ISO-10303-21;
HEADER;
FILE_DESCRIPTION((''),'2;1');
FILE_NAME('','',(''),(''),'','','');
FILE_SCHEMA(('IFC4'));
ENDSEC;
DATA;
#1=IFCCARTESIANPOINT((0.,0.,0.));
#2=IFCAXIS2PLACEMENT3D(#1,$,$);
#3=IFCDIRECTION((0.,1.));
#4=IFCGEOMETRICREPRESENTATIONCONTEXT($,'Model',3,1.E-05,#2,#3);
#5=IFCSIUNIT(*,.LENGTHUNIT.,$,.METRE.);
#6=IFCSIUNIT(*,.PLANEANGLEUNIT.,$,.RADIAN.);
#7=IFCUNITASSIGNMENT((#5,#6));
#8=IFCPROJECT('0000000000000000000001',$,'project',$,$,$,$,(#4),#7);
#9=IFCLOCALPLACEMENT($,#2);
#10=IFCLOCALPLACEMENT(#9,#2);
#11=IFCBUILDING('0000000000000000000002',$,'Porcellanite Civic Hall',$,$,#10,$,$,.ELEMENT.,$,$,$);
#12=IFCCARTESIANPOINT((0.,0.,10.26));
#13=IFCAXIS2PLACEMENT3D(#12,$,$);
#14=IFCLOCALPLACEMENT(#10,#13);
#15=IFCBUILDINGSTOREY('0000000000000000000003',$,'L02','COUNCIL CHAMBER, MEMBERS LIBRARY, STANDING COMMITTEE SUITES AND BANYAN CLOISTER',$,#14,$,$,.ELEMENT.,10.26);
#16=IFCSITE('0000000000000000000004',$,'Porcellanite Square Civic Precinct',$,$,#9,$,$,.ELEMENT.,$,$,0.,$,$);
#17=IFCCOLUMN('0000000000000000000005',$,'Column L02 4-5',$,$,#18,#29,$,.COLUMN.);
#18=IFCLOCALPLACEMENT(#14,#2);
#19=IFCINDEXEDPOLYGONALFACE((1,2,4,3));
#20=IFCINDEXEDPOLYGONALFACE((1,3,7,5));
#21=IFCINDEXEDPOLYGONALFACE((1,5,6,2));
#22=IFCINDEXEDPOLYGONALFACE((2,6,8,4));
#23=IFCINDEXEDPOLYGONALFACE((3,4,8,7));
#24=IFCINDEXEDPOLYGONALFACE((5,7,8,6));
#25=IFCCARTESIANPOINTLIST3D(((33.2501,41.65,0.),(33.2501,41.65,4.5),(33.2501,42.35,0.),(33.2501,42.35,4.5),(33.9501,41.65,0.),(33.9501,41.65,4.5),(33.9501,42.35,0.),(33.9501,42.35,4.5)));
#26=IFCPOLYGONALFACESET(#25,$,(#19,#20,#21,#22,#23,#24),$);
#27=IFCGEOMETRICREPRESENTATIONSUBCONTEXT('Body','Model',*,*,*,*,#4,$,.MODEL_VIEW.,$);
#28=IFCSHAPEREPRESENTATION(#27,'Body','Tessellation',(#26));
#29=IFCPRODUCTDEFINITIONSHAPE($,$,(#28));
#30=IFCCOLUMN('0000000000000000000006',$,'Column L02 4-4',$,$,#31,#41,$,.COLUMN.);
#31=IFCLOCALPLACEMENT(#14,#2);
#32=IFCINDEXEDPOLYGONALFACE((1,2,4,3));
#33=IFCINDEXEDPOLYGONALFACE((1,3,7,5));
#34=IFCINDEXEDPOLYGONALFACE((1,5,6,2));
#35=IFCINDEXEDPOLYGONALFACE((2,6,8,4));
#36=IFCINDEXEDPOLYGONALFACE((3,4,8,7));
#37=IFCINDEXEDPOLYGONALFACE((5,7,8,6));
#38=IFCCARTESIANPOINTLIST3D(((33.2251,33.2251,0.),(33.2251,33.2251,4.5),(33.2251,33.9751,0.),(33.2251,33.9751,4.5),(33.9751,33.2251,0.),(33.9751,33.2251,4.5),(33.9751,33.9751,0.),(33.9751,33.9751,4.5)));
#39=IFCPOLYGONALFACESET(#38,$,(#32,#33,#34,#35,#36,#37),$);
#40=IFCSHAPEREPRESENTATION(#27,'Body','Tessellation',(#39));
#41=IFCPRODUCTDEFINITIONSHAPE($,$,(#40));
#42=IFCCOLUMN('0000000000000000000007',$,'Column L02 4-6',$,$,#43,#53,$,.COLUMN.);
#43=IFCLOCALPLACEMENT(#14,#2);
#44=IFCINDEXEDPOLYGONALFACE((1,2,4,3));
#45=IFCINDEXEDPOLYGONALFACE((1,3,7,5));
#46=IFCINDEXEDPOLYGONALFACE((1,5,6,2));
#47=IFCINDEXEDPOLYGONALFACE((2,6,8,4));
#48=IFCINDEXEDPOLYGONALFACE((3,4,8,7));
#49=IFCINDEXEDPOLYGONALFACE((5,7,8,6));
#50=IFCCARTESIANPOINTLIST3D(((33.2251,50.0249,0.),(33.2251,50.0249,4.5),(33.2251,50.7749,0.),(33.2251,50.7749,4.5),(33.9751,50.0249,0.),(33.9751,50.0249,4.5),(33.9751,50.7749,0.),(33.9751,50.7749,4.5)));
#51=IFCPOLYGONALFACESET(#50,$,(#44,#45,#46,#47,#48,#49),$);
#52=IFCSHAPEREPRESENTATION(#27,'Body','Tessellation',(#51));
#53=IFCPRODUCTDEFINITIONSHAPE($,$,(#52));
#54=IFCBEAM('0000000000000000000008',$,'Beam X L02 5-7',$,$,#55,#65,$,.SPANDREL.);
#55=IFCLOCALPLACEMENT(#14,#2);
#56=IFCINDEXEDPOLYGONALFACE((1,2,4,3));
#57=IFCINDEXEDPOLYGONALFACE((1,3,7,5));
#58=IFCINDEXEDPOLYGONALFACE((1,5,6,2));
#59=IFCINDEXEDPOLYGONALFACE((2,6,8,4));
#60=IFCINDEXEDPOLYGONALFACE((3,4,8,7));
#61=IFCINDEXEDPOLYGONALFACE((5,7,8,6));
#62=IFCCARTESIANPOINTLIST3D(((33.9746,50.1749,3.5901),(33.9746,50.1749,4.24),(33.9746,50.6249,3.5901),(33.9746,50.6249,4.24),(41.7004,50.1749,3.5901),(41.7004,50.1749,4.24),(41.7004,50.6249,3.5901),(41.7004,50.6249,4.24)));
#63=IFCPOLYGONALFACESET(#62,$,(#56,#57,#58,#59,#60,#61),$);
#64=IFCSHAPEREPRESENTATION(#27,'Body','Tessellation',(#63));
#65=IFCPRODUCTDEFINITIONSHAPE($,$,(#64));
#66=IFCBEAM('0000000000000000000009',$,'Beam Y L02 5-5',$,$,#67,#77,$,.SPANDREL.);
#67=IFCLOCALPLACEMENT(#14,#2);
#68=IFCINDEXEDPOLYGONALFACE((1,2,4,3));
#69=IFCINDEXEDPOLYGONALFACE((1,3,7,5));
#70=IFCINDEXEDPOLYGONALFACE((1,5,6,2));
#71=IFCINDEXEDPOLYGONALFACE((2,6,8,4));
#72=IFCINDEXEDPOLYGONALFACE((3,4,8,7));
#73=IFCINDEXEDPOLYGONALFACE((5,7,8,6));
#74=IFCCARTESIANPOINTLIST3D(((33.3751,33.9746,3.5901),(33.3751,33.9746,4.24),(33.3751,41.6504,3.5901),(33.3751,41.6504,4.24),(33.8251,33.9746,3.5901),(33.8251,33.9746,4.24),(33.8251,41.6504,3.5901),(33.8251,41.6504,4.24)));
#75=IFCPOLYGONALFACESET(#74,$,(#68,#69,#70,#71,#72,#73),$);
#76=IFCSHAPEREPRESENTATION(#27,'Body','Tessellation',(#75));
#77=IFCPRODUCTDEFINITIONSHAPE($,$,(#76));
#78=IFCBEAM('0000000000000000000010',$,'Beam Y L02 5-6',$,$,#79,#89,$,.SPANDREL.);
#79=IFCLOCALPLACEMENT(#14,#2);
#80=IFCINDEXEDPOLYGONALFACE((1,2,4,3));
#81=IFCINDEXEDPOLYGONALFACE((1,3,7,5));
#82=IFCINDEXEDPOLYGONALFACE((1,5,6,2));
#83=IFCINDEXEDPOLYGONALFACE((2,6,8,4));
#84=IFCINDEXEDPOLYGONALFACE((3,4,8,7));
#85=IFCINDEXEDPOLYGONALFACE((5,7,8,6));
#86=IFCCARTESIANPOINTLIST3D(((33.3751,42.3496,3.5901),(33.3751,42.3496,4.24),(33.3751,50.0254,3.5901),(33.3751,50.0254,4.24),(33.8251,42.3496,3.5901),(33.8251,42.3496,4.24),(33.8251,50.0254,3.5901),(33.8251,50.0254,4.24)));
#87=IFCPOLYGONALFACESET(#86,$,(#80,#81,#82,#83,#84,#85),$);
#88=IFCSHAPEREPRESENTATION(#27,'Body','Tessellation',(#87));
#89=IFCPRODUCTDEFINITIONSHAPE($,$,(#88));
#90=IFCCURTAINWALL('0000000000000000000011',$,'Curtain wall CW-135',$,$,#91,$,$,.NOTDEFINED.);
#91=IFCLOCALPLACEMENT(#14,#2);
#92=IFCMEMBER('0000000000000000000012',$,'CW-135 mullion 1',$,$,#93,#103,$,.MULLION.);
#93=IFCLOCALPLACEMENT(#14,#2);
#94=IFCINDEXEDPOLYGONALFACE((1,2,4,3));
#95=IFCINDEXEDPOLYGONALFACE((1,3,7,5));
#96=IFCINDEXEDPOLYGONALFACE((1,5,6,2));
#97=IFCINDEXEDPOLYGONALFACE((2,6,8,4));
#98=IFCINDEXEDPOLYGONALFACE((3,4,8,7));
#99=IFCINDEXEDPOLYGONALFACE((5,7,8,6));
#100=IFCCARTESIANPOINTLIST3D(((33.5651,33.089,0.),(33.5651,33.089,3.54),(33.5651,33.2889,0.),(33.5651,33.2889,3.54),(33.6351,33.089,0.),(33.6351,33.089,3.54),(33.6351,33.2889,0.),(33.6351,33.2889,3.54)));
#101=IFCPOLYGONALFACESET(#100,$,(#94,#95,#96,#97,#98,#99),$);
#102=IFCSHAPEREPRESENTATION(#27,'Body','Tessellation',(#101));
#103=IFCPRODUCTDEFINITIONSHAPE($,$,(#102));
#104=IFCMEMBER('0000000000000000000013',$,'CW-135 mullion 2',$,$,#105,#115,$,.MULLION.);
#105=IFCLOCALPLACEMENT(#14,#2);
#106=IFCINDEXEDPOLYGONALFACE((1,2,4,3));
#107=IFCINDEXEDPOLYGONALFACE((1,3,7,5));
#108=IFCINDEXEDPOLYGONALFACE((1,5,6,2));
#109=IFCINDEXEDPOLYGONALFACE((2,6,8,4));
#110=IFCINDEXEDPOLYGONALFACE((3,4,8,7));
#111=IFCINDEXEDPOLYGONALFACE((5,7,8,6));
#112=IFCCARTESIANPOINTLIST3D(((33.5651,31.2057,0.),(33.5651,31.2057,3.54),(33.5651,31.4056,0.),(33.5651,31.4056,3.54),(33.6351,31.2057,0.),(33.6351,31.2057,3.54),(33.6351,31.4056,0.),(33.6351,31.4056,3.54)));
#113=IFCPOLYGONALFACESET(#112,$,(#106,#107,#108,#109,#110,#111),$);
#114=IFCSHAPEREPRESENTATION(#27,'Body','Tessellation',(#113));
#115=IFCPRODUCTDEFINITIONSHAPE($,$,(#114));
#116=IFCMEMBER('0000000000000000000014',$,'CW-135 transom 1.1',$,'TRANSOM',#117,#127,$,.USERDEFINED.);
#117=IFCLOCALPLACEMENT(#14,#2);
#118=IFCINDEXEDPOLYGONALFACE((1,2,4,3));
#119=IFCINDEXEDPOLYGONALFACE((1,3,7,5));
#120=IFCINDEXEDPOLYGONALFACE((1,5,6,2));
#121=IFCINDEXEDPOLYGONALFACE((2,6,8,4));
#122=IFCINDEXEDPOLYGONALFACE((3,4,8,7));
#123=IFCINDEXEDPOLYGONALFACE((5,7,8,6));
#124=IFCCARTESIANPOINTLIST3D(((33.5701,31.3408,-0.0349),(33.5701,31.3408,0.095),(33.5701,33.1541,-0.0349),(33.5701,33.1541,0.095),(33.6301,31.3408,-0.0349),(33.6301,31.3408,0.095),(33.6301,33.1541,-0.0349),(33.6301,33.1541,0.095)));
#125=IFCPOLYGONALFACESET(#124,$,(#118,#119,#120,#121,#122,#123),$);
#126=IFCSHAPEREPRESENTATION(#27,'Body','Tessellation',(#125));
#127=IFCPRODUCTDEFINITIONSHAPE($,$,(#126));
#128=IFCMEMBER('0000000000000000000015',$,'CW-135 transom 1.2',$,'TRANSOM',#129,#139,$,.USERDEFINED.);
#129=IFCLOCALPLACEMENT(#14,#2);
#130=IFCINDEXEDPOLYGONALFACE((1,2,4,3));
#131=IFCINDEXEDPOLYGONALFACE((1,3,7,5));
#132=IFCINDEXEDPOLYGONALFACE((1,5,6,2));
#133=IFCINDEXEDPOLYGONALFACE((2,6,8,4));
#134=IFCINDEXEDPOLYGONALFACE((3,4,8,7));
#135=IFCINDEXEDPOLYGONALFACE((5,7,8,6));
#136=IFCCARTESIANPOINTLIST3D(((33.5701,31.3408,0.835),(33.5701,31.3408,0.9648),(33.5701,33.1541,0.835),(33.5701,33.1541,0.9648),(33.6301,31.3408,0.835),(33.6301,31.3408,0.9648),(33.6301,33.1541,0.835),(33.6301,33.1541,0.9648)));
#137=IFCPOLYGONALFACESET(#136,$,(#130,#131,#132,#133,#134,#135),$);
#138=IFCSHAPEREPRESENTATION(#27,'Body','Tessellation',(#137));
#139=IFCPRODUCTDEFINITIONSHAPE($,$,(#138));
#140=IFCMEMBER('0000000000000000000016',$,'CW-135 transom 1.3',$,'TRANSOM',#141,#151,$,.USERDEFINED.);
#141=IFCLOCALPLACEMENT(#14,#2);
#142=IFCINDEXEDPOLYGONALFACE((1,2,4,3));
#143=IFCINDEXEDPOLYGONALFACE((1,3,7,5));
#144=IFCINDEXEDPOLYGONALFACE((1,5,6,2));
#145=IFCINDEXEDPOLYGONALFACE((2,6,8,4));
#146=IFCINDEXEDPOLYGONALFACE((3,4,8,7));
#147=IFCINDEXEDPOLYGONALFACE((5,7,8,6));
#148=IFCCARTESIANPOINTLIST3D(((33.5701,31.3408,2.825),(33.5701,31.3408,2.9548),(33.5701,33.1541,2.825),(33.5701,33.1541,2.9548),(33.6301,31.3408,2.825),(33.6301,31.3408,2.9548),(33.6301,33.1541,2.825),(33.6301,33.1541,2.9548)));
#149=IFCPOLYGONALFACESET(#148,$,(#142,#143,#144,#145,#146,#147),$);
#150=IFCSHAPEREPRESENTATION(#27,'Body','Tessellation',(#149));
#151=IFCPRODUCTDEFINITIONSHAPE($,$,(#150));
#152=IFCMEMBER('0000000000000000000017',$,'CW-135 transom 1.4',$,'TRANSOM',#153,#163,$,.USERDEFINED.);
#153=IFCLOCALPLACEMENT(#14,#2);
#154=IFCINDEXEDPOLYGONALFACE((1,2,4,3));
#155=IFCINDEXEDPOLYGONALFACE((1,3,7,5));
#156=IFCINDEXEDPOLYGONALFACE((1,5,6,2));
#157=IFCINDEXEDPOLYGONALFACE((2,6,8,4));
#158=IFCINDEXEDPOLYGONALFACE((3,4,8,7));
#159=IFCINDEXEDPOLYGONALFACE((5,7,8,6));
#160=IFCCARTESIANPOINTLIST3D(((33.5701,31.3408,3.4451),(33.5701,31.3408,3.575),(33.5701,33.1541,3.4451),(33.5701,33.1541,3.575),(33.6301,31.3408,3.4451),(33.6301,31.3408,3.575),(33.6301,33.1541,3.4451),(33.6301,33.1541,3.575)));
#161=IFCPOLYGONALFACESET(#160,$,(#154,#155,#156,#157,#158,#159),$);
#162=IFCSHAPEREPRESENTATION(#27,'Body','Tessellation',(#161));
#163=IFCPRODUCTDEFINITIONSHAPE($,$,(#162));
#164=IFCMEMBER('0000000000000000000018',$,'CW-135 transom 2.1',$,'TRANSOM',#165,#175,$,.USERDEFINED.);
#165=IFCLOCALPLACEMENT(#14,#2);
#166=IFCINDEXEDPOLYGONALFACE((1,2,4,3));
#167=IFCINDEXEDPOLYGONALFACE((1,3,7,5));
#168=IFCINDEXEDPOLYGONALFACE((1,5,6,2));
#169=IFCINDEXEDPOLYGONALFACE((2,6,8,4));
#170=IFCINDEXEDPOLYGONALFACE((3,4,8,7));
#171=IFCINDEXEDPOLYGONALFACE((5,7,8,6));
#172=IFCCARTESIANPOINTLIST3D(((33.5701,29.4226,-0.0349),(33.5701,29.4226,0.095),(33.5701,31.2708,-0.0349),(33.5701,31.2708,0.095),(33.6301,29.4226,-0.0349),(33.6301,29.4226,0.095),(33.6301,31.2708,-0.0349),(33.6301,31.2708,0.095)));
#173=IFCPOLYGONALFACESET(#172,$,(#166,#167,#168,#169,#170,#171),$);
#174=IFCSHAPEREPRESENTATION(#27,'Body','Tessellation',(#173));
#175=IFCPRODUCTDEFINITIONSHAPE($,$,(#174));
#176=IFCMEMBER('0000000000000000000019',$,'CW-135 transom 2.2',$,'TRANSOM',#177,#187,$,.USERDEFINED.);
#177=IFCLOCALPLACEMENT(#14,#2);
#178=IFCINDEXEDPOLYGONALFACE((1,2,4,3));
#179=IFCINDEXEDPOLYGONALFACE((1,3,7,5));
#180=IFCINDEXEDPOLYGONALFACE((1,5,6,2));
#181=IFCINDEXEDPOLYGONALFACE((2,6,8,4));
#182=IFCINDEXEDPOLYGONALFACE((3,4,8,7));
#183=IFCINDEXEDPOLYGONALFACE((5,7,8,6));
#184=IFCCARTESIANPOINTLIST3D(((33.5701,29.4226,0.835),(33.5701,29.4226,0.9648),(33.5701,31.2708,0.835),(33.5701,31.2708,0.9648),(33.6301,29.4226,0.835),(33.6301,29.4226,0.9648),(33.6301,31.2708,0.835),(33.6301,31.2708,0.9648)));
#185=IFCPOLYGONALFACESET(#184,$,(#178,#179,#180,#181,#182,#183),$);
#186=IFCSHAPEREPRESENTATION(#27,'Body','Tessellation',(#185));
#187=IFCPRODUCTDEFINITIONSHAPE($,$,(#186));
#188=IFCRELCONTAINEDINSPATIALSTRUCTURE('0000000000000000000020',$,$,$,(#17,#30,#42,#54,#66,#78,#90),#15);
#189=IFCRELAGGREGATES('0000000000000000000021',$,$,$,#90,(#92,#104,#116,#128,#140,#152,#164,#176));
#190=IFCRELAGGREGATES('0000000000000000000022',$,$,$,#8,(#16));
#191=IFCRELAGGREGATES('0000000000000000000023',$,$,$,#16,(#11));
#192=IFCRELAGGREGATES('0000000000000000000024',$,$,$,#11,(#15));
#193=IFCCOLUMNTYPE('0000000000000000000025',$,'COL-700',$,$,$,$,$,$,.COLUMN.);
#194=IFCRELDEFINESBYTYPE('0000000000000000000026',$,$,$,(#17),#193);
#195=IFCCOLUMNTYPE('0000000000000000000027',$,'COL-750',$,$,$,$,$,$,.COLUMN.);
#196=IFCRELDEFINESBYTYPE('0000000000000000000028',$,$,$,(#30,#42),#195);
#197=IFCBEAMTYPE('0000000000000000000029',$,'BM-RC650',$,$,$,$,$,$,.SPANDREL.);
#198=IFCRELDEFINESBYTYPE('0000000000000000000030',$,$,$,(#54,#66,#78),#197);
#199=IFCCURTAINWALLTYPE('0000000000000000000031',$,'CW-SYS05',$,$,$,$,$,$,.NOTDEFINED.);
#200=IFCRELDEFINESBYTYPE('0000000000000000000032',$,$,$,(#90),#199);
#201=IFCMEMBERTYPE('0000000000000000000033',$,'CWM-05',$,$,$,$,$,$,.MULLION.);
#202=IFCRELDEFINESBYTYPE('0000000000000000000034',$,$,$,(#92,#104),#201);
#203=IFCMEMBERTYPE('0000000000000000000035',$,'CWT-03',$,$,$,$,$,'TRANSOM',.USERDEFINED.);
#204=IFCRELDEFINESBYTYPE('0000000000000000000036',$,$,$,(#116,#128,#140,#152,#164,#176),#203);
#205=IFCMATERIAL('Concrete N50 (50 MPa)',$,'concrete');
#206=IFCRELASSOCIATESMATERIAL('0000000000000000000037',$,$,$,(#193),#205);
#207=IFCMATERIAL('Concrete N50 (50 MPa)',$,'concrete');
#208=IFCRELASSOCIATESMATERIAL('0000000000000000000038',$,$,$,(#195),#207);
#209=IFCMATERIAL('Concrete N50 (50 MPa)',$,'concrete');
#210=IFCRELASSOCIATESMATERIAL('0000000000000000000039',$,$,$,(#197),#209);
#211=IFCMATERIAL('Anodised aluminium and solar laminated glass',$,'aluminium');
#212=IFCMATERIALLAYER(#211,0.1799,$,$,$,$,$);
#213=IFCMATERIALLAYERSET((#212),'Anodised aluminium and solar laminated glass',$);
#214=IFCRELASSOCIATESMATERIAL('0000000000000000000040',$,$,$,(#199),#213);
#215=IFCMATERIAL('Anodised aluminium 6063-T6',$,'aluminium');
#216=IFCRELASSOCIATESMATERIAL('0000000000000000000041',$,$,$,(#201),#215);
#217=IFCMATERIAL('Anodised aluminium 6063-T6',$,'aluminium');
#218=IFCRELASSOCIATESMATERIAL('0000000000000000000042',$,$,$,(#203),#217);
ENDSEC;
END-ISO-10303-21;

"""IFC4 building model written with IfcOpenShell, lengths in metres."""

from ifc_helpers import new_model, si_unit, direction, frame, origin, origin_2d, place, context, subcontext, project, spatial, rectangle, extrude, material, layer, layer_set, material_profile, profile_set, type_object, element, aggregate, save


model = new_model("IFC4")

# Units and contexts
model_context = context("Model", 3, precision=1e-05, world=origin(), true_north=direction((0.0, 1.0)))
body_context = subcontext(model_context, "Body", "Model", "MODEL_VIEW")
ifc_project = project(units=[si_unit("LENGTHUNIT", "METRE"), si_unit("PLANEANGLEUNIT", "RADIAN")], contexts=[model_context])

# Site, building, storey
site_placement = place(None, origin())
site = spatial("IfcSite", under=ifc_project, at=site_placement, Name="Porcellanite Square Civic Precinct", CompositionType="ELEMENT", RefElevation=0.0)
building_placement = place(site_placement, origin())
building = spatial("IfcBuilding", under=site, at=building_placement, Name="Porcellanite Civic Hall", CompositionType="ELEMENT")
storey_placement = place(building_placement, frame((0.0, 0.0, 10.26)))
storey = spatial("IfcBuildingStorey", under=building, at=storey_placement, Name="L02", Description="COUNCIL CHAMBER, MEMBERS LIBRARY, STANDING COMMITTEE SUITES AND BANYAN CLOISTER", CompositionType="ELEMENT", Elevation=10.26)

# Columns
ifc_material_1 = material(Name="Concrete N50 (50 MPa)", Category="concrete")
ifc_material_profile_1 = material_profile(ifc_material_1, rectangle(XDim=0.7, YDim=0.7, at=origin_2d()), Name="RC-700x700")
ifc_profile_set_1 = profile_set([ifc_material_profile_1], Name="Concrete N50 (50 MPa)")
column_type_1 = type_object("IfcColumnType", Name="COL-700", PredefinedType="COLUMN", material=ifc_profile_set_1)
column_placement = place(storey_placement, frame((33.6001, 42.0, 0.0), z_axis=(0.0, 0.0, 1.0), x_axis=(1.0, 0.0, 0.0)))
element("IfcColumn", 1, at=column_placement, inside=storey, type_object=column_type_1, Name="Column L02 4-5", PredefinedType="COLUMN", context=body_context, shape_type="SweptSolid", body=[
    extrude(rectangle(XDim=0.7, YDim=0.7, at=origin_2d()), origin(), (0.0, 0.0, 1.0), 4.5),
])
ifc_material_2 = material(Name="Concrete N50 (50 MPa)", Category="concrete")
ifc_material_profile_2 = material_profile(ifc_material_2, rectangle(XDim=0.75, YDim=0.75, at=origin_2d()), Name="RC-750x750")
ifc_profile_set_2 = profile_set([ifc_material_profile_2], Name="Concrete N50 (50 MPa)")
column_type_2 = type_object("IfcColumnType", Name="COL-750", PredefinedType="COLUMN", material=ifc_profile_set_2)
for number, where, z_axis, x_axis, name in (
    (2, (33.6001, 33.6001, 0.0), (0.0, 0.0, 1.0), (1.0, 0.0, 0.0), "Column L02 4-4"),
    (3, (33.6001, 50.3999, 0.0), (0.0, 0.0, 1.0), (1.0, 0.0, 0.0), "Column L02 4-6"),
):
    element("IfcColumn", number, at=place(storey_placement, frame(where, z_axis=z_axis, x_axis=x_axis)), inside=storey, type_object=column_type_2, Name=name, PredefinedType="COLUMN", context=body_context, shape_type="SweptSolid", body=[
        extrude(rectangle(XDim=0.75, YDim=0.75, at=origin_2d()), origin(), (0.0, 0.0, 1.0), 4.5),
    ])

# Beams
ifc_material_3 = material(Name="Concrete N50 (50 MPa)", Category="concrete")
ifc_material_profile_3 = material_profile(ifc_material_3, rectangle(XDim=0.45, YDim=0.6499, at=origin_2d()), Name="RC-450x650")
ifc_profile_set_3 = profile_set([ifc_material_profile_3], Name="Concrete N50 (50 MPa)")
beam_type = type_object("IfcBeamType", Name="BM-RC650", PredefinedType="SPANDREL", material=ifc_profile_set_3)
beam_placement = place(storey_placement, frame((33.9746, 50.3999, 3.915), z_axis=(1.0, 0.0, 0.0), x_axis=(0.0, 1.0, 0.0)))
element("IfcBeam", 4, at=beam_placement, inside=storey, type_object=beam_type, Name="Beam X L02 5-7", PredefinedType="SPANDREL", context=body_context, shape_type="SweptSolid", body=[
    extrude(rectangle(XDim=0.45, YDim=0.6499, at=origin_2d()), origin(), (0.0, 0.0, 1.0), 7.7258),
])
for number, where, z_axis, x_axis, name in (
    (5, (33.6001, 33.9746, 3.915), (0.0, 1.0, 0.0), (-1.0, 0.0, 0.0), "Beam Y L02 5-5"),
    (6, (33.6001, 42.3496, 3.915), (0.0, 1.0, 0.0), (-1.0, 0.0, 0.0), "Beam Y L02 5-6"),
):
    element("IfcBeam", number, at=place(storey_placement, frame(where, z_axis=z_axis, x_axis=x_axis)), inside=storey, type_object=beam_type, Name=name, PredefinedType="SPANDREL", context=body_context, shape_type="SweptSolid", body=[
        extrude(rectangle(XDim=0.45, YDim=0.6499, at=origin_2d()), origin(), (0.0, 0.0, 1.0), 7.6758),
    ])

# Curtain wall, members
ifc_material_4 = material(Name="Anodised aluminium and solar laminated glass", Category="aluminium")
ifc_layer_1 = layer(ifc_material_4, 0.1799)
ifc_layer_set_1 = layer_set([ifc_layer_1], Name="Anodised aluminium and solar laminated glass")
curtain_wall_type = type_object("IfcCurtainWallType", Name="CW-SYS05", PredefinedType="NOTDEFINED", material=ifc_layer_set_1)
curtain_wall_placement = place(storey_placement, origin())
curtain_wall = element("IfcCurtainWall", 7, at=curtain_wall_placement, inside=storey, type_object=curtain_wall_type, Name="Curtain wall CW-135", PredefinedType="NOTDEFINED")
ifc_material_5 = material(Name="Anodised aluminium 6063-T6", Category="aluminium")
ifc_material_profile_4 = material_profile(ifc_material_5, rectangle(XDim=0.0701, YDim=0.2, at=origin_2d()), Name="AL-70x200")
ifc_profile_set_4 = profile_set([ifc_material_profile_4], Name="Anodised aluminium 6063-T6")
member_type_1 = type_object("IfcMemberType", Name="CWM-05", PredefinedType="MULLION", material=ifc_profile_set_4)
member_1_placement = place(storey_placement, frame((33.6001, 33.189, 0.0), z_axis=(0.0, 0.0, 1.0), x_axis=(1.0, 0.0, 0.0)))
member_1 = element("IfcMember", 8, at=member_1_placement, type_object=member_type_1, Name="CW-135 mullion 1", PredefinedType="MULLION", context=body_context, shape_type="SweptSolid", body=[
    extrude(rectangle(XDim=0.0701, YDim=0.2, at=origin_2d()), origin(), (0.0, 0.0, 1.0), 3.54),
])
member_2_placement = place(storey_placement, frame((33.6001, 31.3057, 0.0), z_axis=(0.0, 0.0, 1.0), x_axis=(1.0, 0.0, 0.0)))
member_2 = element("IfcMember", 9, at=member_2_placement, type_object=member_type_1, Name="CW-135 mullion 2", PredefinedType="MULLION", context=body_context, shape_type="SweptSolid", body=[
    extrude(rectangle(XDim=0.0701, YDim=0.2, at=origin_2d()), origin(), (0.0, 0.0, 1.0), 3.54),
])
ifc_material_6 = material(Name="Anodised aluminium 6063-T6", Category="aluminium")
ifc_material_profile_5 = material_profile(ifc_material_6, rectangle(XDim=0.0601, YDim=0.1299, at=origin_2d()), Name="AL-60x130")
ifc_profile_set_5 = profile_set([ifc_material_profile_5], Name="Anodised aluminium 6063-T6")
member_type_2 = type_object("IfcMemberType", Name="CWT-03", ElementType="TRANSOM", PredefinedType="USERDEFINED", material=ifc_profile_set_5)
member_3_placement = place(storey_placement, frame((33.6001, 33.1541, 0.03), z_axis=(0.0, -1.0, 0.0), x_axis=(1.0, 0.0, 0.0)))
member_3 = element("IfcMember", 10, at=member_3_placement, type_object=member_type_2, Name="CW-135 transom 1.1", ObjectType="TRANSOM", PredefinedType="USERDEFINED", context=body_context, shape_type="SweptSolid", body=[
    extrude(rectangle(XDim=0.0601, YDim=0.1299, at=origin_2d()), origin(), (0.0, 0.0, 1.0), 1.8132),
])
member_4_placement = place(storey_placement, frame((33.6001, 33.1541, 0.8999), z_axis=(0.0, -1.0, 0.0), x_axis=(1.0, 0.0, 0.0)))
member_4 = element("IfcMember", 11, at=member_4_placement, type_object=member_type_2, Name="CW-135 transom 1.2", ObjectType="TRANSOM", PredefinedType="USERDEFINED", context=body_context, shape_type="SweptSolid", body=[
    extrude(rectangle(XDim=0.0601, YDim=0.1299, at=origin_2d()), origin(), (0.0, 0.0, 1.0), 1.8132),
])
member_5_placement = place(storey_placement, frame((33.6001, 33.1541, 2.8899), z_axis=(0.0, -1.0, 0.0), x_axis=(1.0, 0.0, 0.0)))
member_5 = element("IfcMember", 12, at=member_5_placement, type_object=member_type_2, Name="CW-135 transom 1.3", ObjectType="TRANSOM", PredefinedType="USERDEFINED", context=body_context, shape_type="SweptSolid", body=[
    extrude(rectangle(XDim=0.0601, YDim=0.1299, at=origin_2d()), origin(), (0.0, 0.0, 1.0), 1.8132),
])
member_6_placement = place(storey_placement, frame((33.6001, 33.1541, 3.51), z_axis=(0.0, -1.0, 0.0), x_axis=(1.0, 0.0, 0.0)))
member_6 = element("IfcMember", 13, at=member_6_placement, type_object=member_type_2, Name="CW-135 transom 1.4", ObjectType="TRANSOM", PredefinedType="USERDEFINED", context=body_context, shape_type="SweptSolid", body=[
    extrude(rectangle(XDim=0.0601, YDim=0.1299, at=origin_2d()), origin(), (0.0, 0.0, 1.0), 1.8132),
])
member_7_placement = place(storey_placement, frame((33.6001, 31.2708, 0.03), z_axis=(0.0, -1.0, 0.0), x_axis=(1.0, 0.0, 0.0)))
member_7 = element("IfcMember", 14, at=member_7_placement, type_object=member_type_2, Name="CW-135 transom 2.1", ObjectType="TRANSOM", PredefinedType="USERDEFINED", context=body_context, shape_type="SweptSolid", body=[
    extrude(rectangle(XDim=0.0601, YDim=0.1299, at=origin_2d()), origin(), (0.0, 0.0, 1.0), 1.8481),
])
member_8_placement = place(storey_placement, frame((33.6001, 31.2708, 0.8999), z_axis=(0.0, -1.0, 0.0), x_axis=(1.0, 0.0, 0.0)))
member_8 = element("IfcMember", 15, at=member_8_placement, type_object=member_type_2, Name="CW-135 transom 2.2", ObjectType="TRANSOM", PredefinedType="USERDEFINED", context=body_context, shape_type="SweptSolid", body=[
    extrude(rectangle(XDim=0.0601, YDim=0.1299, at=origin_2d()), origin(), (0.0, 0.0, 1.0), 1.8481),
])

aggregate(curtain_wall, [member_1, member_2, member_3, member_4, member_5, member_6, member_7, member_8])

save(model, "model.ifc")
